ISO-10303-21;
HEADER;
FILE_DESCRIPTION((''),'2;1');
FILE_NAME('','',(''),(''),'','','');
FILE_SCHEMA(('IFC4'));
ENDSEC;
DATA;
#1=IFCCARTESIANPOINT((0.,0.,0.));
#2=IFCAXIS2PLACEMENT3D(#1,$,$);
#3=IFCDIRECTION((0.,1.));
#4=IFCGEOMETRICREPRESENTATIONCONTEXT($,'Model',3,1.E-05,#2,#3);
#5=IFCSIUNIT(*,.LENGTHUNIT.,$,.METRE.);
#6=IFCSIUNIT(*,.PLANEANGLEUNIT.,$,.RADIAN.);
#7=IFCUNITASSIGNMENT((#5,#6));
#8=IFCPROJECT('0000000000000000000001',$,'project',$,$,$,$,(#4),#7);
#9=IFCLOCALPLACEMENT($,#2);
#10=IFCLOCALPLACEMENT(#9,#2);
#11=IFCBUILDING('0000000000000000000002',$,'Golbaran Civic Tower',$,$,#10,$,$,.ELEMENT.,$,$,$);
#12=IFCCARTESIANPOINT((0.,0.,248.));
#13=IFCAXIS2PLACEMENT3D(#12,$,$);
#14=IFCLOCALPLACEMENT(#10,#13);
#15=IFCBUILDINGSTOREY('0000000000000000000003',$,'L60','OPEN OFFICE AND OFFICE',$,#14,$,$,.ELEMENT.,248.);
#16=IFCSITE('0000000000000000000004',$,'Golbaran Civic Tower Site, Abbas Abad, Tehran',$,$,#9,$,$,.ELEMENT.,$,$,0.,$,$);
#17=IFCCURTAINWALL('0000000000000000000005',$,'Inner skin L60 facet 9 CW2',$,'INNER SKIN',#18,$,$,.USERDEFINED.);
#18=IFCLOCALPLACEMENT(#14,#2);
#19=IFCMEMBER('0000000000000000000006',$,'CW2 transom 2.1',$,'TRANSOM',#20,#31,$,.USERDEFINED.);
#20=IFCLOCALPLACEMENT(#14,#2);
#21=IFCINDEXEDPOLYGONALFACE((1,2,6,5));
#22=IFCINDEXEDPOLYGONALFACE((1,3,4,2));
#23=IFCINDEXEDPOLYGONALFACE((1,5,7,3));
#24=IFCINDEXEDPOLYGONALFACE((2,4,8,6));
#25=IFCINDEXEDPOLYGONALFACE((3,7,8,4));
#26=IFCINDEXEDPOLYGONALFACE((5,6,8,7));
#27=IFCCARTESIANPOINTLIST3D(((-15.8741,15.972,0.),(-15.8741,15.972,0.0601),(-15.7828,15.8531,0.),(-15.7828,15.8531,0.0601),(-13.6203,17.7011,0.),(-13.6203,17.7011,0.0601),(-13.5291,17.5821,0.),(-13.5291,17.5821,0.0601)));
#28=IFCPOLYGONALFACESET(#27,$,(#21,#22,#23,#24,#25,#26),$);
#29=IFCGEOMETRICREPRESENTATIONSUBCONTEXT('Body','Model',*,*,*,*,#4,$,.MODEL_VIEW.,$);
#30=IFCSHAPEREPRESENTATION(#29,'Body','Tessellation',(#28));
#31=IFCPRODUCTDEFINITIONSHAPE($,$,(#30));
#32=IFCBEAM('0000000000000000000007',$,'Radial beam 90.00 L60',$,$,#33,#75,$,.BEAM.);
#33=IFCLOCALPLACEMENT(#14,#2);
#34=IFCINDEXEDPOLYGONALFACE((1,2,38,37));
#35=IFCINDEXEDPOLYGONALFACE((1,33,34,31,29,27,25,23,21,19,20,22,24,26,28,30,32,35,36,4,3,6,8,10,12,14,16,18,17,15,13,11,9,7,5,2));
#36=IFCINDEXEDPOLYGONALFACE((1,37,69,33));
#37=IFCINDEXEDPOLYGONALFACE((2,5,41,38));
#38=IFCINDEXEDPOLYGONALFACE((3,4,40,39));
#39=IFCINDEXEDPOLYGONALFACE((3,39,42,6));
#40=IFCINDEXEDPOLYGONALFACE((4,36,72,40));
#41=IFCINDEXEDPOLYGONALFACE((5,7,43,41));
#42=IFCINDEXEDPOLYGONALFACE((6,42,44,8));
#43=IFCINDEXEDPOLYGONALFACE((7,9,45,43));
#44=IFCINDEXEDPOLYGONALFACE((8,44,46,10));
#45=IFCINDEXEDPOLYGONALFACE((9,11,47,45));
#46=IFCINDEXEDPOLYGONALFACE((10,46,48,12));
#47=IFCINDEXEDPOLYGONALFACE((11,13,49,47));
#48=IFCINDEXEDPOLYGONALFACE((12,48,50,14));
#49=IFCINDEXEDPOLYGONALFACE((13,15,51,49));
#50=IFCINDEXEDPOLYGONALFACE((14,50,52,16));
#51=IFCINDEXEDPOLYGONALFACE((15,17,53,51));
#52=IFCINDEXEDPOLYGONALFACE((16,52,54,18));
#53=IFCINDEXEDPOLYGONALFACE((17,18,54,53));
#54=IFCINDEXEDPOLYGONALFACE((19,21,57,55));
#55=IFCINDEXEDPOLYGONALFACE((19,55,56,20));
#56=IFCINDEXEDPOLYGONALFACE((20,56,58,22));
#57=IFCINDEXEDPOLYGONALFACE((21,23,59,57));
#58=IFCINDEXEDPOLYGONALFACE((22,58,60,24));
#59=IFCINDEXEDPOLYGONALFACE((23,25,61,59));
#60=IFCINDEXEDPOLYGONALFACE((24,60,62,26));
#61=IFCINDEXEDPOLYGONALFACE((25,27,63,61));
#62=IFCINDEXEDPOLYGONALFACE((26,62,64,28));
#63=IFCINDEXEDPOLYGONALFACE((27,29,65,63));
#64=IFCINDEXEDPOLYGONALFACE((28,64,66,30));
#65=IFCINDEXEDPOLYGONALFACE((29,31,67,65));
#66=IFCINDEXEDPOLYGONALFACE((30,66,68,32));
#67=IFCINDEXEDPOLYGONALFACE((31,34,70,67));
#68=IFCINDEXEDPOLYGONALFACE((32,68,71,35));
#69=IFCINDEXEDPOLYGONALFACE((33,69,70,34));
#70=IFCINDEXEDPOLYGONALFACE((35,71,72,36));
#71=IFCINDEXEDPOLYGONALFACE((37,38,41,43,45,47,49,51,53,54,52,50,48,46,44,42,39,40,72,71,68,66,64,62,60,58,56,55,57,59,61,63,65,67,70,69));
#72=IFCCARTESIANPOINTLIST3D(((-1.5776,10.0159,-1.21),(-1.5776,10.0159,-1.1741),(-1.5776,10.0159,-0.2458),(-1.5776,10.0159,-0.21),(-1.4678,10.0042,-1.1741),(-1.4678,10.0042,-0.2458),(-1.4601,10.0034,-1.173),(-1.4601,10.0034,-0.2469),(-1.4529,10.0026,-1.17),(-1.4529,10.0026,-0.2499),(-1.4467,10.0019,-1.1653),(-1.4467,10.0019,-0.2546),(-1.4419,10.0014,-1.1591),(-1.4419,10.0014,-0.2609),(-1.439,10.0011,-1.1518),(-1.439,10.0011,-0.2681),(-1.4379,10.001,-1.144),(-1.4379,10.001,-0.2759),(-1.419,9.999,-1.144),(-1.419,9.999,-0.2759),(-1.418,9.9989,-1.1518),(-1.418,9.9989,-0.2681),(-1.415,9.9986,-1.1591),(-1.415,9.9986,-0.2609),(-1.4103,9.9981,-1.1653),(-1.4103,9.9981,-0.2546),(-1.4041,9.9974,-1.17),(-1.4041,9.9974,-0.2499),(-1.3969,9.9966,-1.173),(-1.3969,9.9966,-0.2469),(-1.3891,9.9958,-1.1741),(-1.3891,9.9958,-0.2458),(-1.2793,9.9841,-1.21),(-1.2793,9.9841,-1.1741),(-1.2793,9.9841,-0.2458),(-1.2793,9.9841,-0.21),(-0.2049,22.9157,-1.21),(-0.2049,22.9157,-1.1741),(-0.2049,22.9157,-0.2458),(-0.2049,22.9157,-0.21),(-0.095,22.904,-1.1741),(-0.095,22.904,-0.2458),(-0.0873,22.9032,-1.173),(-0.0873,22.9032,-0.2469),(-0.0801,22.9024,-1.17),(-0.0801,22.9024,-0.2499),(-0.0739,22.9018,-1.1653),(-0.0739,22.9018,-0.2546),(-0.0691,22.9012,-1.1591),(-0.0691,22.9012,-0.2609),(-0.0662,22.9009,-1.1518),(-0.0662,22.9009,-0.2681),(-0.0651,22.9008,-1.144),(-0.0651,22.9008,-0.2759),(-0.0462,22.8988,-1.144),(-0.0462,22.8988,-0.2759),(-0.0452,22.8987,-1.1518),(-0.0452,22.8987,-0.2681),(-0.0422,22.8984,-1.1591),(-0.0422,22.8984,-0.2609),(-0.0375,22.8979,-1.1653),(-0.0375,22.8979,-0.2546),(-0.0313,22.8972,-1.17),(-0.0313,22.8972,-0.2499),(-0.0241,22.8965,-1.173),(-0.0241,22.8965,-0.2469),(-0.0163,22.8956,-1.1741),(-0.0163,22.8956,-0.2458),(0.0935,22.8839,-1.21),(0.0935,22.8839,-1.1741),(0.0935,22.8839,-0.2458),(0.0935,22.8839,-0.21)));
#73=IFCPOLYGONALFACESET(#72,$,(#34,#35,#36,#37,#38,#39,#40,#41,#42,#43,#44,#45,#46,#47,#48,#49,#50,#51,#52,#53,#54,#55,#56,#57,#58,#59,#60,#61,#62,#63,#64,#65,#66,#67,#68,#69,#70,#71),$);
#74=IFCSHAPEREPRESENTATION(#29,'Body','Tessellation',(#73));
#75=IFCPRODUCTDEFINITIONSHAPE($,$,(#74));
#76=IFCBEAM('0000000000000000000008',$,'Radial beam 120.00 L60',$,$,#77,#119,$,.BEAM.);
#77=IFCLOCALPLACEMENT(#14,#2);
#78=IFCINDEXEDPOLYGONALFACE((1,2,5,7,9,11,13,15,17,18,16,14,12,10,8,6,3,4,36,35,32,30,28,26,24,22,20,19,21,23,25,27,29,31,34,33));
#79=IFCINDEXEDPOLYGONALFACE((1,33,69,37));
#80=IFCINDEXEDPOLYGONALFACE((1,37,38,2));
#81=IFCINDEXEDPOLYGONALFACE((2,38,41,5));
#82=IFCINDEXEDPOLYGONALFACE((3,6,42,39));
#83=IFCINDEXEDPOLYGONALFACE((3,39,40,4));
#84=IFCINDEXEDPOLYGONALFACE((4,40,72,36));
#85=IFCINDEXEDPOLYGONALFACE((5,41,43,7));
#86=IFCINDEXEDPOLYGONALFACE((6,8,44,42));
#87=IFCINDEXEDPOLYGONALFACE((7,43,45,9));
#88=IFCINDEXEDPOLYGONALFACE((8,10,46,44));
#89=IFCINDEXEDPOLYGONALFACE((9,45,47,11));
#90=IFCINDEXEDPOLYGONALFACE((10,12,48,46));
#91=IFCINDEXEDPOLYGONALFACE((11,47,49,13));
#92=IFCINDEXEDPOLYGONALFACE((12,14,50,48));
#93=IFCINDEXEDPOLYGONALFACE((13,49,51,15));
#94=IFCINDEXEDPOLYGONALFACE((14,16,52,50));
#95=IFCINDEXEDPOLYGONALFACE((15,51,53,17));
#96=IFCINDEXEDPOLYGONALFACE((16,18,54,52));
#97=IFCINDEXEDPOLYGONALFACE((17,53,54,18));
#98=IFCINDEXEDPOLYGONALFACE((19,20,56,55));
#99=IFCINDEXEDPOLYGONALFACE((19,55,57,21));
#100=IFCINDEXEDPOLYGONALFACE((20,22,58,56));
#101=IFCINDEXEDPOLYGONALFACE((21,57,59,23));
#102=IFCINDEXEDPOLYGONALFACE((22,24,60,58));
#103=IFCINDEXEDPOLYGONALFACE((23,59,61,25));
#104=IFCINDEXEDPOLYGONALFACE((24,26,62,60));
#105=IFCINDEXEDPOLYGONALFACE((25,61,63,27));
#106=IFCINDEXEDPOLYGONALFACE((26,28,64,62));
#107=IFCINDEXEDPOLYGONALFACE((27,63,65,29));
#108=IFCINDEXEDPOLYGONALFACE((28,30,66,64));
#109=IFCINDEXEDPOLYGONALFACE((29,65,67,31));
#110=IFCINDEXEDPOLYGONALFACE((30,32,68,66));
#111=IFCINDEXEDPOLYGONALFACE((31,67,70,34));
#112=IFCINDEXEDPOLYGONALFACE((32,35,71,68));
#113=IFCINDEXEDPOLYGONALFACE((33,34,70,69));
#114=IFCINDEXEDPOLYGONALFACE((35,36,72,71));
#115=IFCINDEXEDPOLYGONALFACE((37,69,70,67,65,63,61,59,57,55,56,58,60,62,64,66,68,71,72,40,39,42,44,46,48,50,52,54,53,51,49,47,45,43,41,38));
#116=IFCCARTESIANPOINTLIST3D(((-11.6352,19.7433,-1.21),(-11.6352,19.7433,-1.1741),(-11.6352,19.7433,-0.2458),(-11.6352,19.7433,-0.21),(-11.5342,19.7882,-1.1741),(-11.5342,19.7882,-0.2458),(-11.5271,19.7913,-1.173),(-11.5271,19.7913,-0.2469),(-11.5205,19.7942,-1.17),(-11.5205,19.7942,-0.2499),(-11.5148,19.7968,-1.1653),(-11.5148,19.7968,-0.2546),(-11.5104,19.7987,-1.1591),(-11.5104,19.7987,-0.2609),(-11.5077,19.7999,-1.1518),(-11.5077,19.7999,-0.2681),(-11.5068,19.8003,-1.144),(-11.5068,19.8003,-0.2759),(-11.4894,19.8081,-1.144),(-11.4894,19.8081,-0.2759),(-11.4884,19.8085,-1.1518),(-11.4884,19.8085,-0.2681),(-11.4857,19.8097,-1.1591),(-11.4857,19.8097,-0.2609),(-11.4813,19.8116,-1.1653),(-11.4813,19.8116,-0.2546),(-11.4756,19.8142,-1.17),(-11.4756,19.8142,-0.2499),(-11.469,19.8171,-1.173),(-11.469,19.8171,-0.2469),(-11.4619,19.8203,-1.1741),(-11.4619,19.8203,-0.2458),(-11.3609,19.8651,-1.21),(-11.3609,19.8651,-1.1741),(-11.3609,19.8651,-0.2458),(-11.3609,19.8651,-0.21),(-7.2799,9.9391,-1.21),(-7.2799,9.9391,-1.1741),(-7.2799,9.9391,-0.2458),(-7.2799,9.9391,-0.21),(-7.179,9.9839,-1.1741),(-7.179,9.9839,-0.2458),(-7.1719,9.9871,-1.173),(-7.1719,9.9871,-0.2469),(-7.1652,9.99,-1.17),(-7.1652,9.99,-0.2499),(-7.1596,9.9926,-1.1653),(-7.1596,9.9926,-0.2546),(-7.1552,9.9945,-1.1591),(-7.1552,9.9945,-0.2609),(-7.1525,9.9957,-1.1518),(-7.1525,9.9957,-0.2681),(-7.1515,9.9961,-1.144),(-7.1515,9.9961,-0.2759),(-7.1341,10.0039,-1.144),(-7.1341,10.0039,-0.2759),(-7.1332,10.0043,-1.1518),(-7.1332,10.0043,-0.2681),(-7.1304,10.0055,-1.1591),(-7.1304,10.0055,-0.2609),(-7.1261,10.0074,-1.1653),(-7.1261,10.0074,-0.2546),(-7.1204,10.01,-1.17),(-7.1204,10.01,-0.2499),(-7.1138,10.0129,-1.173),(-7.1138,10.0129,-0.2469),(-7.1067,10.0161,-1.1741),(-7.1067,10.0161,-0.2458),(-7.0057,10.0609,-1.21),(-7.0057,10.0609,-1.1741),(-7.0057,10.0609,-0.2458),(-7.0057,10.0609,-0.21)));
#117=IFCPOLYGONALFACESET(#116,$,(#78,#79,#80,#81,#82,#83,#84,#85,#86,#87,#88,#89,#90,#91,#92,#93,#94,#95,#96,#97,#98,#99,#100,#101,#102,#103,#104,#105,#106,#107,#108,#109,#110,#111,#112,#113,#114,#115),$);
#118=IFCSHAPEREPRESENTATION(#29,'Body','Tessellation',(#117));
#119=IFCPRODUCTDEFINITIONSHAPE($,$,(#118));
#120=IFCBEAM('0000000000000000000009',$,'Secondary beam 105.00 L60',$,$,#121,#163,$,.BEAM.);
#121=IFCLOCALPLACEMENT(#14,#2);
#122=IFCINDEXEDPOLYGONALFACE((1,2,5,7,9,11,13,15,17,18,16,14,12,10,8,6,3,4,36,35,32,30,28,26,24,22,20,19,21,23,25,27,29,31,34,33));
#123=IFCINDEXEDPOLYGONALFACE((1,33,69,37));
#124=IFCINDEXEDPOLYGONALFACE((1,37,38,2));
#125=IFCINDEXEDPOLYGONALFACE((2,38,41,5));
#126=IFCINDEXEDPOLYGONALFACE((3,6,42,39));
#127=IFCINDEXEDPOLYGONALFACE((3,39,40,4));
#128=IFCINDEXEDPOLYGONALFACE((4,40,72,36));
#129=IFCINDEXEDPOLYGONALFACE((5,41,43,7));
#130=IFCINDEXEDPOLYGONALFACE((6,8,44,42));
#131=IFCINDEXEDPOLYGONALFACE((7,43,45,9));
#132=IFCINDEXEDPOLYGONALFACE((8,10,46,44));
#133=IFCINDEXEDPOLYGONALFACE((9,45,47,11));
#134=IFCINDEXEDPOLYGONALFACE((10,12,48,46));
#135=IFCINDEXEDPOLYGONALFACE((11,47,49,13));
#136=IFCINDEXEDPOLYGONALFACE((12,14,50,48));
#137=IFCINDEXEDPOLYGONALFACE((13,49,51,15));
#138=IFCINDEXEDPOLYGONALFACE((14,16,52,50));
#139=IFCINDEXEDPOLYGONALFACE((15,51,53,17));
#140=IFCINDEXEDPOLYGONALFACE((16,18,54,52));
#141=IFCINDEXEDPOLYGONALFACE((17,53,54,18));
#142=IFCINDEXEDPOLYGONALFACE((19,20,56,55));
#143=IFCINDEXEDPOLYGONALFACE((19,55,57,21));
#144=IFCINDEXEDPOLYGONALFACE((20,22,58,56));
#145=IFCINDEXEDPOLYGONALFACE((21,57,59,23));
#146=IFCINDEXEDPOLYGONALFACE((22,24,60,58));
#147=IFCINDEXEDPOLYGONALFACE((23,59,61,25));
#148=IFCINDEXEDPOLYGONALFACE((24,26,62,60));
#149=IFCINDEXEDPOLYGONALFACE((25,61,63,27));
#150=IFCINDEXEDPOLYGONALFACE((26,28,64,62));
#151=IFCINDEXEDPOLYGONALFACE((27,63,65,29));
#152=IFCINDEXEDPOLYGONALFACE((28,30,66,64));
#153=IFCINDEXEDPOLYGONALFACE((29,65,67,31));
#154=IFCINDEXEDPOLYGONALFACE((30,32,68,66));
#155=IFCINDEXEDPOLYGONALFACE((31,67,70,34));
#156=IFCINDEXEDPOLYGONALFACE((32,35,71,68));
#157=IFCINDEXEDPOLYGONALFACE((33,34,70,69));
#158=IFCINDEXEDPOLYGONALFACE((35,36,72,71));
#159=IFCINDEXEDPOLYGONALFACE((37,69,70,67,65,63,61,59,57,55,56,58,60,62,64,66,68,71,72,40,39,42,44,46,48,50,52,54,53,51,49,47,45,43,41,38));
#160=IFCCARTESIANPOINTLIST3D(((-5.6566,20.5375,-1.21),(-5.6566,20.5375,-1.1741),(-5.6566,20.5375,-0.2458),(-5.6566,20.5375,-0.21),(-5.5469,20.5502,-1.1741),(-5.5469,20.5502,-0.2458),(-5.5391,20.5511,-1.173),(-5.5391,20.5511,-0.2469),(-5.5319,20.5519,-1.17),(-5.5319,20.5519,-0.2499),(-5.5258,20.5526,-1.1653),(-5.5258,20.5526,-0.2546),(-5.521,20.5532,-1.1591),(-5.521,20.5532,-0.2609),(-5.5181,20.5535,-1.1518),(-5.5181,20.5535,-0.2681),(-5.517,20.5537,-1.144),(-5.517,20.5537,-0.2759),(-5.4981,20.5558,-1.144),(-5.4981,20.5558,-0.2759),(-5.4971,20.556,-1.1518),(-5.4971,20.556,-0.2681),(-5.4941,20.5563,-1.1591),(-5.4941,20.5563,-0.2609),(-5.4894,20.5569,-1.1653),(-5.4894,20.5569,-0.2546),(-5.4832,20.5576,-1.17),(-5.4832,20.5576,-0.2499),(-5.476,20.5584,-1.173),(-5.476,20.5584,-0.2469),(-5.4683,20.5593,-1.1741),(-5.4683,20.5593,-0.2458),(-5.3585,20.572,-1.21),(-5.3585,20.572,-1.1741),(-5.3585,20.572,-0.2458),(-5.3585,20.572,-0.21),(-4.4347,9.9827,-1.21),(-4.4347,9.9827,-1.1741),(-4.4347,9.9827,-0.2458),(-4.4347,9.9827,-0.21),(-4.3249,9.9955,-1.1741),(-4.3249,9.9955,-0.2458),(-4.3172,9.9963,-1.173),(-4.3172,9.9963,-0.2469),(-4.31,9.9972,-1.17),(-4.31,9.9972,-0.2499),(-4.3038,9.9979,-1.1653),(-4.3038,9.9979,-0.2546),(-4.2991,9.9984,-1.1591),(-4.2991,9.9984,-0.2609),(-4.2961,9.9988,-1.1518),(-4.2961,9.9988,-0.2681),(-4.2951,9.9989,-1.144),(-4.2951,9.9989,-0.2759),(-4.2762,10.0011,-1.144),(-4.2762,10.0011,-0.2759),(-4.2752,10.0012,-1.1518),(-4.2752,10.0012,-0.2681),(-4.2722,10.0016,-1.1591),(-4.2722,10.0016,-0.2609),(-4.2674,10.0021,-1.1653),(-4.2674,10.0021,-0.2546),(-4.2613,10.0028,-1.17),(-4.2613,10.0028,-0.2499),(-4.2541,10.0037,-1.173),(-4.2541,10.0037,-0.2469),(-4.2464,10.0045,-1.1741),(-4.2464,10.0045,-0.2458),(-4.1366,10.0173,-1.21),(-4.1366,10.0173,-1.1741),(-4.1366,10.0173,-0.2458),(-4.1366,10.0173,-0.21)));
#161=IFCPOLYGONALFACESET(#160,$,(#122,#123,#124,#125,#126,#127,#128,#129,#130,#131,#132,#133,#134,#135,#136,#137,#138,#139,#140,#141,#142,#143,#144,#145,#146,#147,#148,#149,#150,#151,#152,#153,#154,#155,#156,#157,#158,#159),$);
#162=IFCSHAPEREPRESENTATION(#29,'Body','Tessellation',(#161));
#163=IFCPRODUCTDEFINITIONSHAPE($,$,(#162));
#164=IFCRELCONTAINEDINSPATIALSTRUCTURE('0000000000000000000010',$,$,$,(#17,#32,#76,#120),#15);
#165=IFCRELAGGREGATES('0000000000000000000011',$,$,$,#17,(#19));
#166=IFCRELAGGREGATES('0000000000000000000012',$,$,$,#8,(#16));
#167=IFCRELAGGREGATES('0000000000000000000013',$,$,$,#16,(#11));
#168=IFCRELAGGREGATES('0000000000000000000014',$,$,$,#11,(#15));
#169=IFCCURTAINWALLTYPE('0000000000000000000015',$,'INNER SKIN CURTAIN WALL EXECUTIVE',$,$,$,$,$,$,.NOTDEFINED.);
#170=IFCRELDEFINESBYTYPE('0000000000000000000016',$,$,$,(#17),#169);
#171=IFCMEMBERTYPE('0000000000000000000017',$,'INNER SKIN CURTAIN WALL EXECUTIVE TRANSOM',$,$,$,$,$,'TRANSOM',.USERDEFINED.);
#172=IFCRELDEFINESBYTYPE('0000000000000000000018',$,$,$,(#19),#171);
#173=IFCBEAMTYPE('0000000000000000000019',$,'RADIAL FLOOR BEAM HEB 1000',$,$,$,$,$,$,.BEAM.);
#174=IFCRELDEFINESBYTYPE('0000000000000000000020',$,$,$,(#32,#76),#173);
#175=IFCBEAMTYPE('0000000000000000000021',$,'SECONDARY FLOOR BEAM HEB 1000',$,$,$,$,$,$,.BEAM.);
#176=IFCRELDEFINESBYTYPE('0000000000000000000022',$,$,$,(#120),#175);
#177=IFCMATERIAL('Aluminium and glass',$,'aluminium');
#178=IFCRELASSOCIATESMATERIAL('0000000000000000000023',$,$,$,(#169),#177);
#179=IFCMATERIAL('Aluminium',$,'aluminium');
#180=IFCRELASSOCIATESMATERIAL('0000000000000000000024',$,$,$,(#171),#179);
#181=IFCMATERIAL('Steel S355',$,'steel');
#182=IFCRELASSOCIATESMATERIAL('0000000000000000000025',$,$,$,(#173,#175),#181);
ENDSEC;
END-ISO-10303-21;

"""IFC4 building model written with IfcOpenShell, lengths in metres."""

from ifc_helpers import new_model, si_unit, direction, frame, origin, origin_2d, place, context, subcontext, project, spatial, rectangle, i_section, extrude, material, material_profile, profile_set, type_object, element, aggregate, save


model = new_model("IFC4")

# Units and contexts
model_context = context("Model", 3, precision=1e-05, world=origin(), true_north=direction((0.0, 1.0)))
body_context = subcontext(model_context, "Body", "Model", "MODEL_VIEW")
ifc_project = project(units=[si_unit("LENGTHUNIT", "METRE"), si_unit("PLANEANGLEUNIT", "RADIAN")], contexts=[model_context])

# Site, building, storey
site_placement = place(None, origin())
site = spatial("IfcSite", under=ifc_project, at=site_placement, Name="Golbaran Civic Tower Site, Abbas Abad, Tehran", CompositionType="ELEMENT", RefElevation=0.0)
building_placement = place(site_placement, origin())
building = spatial("IfcBuilding", under=site, at=building_placement, Name="Golbaran Civic Tower", CompositionType="ELEMENT")
storey_placement = place(building_placement, frame((0.0, 0.0, 248.0)))
storey = spatial("IfcBuildingStorey", under=building, at=storey_placement, Name="L60", Description="OPEN OFFICE AND OFFICE", CompositionType="ELEMENT", Elevation=248.0)

# Shared definitions
ifc_material_1 = material(Name="Steel S355", Category="steel")

# Curtain wall, member
ifc_material_2 = material(Name="Aluminium and glass", Category="aluminium")
curtain_wall_type = type_object("IfcCurtainWallType", Name="INNER SKIN CURTAIN WALL EXECUTIVE", PredefinedType="NOTDEFINED", material=ifc_material_2)
curtain_wall_placement = place(storey_placement, origin())
curtain_wall = element("IfcCurtainWall", 1, at=curtain_wall_placement, inside=storey, type_object=curtain_wall_type, Name="Inner skin L60 facet 9 CW2", ObjectType="INNER SKIN", PredefinedType="USERDEFINED")
ifc_material_3 = material(Name="Aluminium", Category="aluminium")
ifc_material_profile_1 = material_profile(ifc_material_3, rectangle(XDim=0.1499, YDim=0.0601, at=origin_2d()), Name="INNER SKIN CURTAIN WALL EXECUTIVE TRANSOM")
ifc_profile_set_1 = profile_set([ifc_material_profile_1], Name="Aluminium")
member_type = type_object("IfcMemberType", Name="INNER SKIN CURTAIN WALL EXECUTIVE TRANSOM", ElementType="TRANSOM", PredefinedType="USERDEFINED", material=ifc_profile_set_1)
member_placement = place(storey_placement, frame((-13.5747, 17.6416, 0.03), z_axis=(-0.793403, -0.608697, 0.0), x_axis=(0.608697, -0.793403, 0.0)))
member = element("IfcMember", 2, at=member_placement, type_object=member_type, Name="CW2 transom 2.1", ObjectType="TRANSOM", PredefinedType="USERDEFINED", context=body_context, shape_type="SweptSolid", body=[
    extrude(rectangle(XDim=0.1499, YDim=0.0601, at=origin_2d()), origin(), (0.0, 0.0, 1.0), 2.8406),
])
aggregate(curtain_wall, [member])

# Beams
ifc_material_profile_2 = material_profile(ifc_material_1, i_section(OverallWidth=0.3, OverallDepth=1.0, WebThickness=0.019, FlangeThickness=0.0359, FilletRadius=0.03, at=origin_2d()), Name="HEB 1000")
ifc_profile_set_2 = profile_set([ifc_material_profile_2], Name="Steel S355")
beam_type_1 = type_object("IfcBeamType", Name="RADIAL FLOOR BEAM HEB 1000", PredefinedType="BEAM", material=ifc_profile_set_2)
beam_1_placement = place(storey_placement, frame((-1.4285, 10.0, -0.71), z_axis=(0.105822, 0.994385, 0.0), x_axis=(-0.994385, 0.105822, 0.0)))
element("IfcBeam", 3, at=beam_1_placement, inside=storey, type_object=beam_type_1, Name="Radial beam 90.00 L60", PredefinedType="BEAM", context=body_context, shape_type="SweptSolid", body=[
    extrude(i_section(OverallWidth=0.3, OverallDepth=1.0, WebThickness=0.019, FlangeThickness=0.0359, FilletRadius=0.03, at=origin_2d()), origin(), (0.0, 0.0, 1.0), 12.9727),
])
beam_2_placement = place(storey_placement, frame((-7.1428, 10.0, -0.71), z_axis=(-0.405967, 0.913888, 0.0), x_axis=(-0.913888, -0.405967, 0.0)))
element("IfcBeam", 4, at=beam_2_placement, inside=storey, type_object=beam_type_1, Name="Radial beam 120.00 L60", PredefinedType="BEAM", context=body_context, shape_type="SweptSolid", body=[
    extrude(i_section(OverallWidth=0.3, OverallDepth=1.0, WebThickness=0.019, FlangeThickness=0.0359, FilletRadius=0.03, at=origin_2d()), origin(), (0.0, 0.0, 1.0), 10.728),
])
ifc_material_profile_3 = material_profile(ifc_material_1, i_section(OverallWidth=0.3, OverallDepth=1.0, WebThickness=0.019, FlangeThickness=0.0359, FilletRadius=0.03, at=origin_2d()), Name="HEB 1000")
ifc_profile_set_3 = profile_set([ifc_material_profile_3], Name="Steel S355")
beam_type_2 = type_object("IfcBeamType", Name="SECONDARY FLOOR BEAM HEB 1000", PredefinedType="BEAM", material=ifc_profile_set_3)
beam_3_placement = place(storey_placement, frame((-4.2856, 10.0, -0.71), z_axis=(-0.115003, 0.993365, 0.0), x_axis=(-0.993365, -0.115003, 0.0)))
element("IfcBeam", 5, at=beam_3_placement, inside=storey, type_object=beam_type_2, Name="Secondary beam 105.00 L60", PredefinedType="BEAM", context=body_context, shape_type="SweptSolid", body=[
    extrude(i_section(OverallWidth=0.3, OverallDepth=1.0, WebThickness=0.019, FlangeThickness=0.0359, FilletRadius=0.03, at=origin_2d()), origin(), (0.0, 0.0, 1.0), 10.6252),
])

save(model, "model.ifc")
